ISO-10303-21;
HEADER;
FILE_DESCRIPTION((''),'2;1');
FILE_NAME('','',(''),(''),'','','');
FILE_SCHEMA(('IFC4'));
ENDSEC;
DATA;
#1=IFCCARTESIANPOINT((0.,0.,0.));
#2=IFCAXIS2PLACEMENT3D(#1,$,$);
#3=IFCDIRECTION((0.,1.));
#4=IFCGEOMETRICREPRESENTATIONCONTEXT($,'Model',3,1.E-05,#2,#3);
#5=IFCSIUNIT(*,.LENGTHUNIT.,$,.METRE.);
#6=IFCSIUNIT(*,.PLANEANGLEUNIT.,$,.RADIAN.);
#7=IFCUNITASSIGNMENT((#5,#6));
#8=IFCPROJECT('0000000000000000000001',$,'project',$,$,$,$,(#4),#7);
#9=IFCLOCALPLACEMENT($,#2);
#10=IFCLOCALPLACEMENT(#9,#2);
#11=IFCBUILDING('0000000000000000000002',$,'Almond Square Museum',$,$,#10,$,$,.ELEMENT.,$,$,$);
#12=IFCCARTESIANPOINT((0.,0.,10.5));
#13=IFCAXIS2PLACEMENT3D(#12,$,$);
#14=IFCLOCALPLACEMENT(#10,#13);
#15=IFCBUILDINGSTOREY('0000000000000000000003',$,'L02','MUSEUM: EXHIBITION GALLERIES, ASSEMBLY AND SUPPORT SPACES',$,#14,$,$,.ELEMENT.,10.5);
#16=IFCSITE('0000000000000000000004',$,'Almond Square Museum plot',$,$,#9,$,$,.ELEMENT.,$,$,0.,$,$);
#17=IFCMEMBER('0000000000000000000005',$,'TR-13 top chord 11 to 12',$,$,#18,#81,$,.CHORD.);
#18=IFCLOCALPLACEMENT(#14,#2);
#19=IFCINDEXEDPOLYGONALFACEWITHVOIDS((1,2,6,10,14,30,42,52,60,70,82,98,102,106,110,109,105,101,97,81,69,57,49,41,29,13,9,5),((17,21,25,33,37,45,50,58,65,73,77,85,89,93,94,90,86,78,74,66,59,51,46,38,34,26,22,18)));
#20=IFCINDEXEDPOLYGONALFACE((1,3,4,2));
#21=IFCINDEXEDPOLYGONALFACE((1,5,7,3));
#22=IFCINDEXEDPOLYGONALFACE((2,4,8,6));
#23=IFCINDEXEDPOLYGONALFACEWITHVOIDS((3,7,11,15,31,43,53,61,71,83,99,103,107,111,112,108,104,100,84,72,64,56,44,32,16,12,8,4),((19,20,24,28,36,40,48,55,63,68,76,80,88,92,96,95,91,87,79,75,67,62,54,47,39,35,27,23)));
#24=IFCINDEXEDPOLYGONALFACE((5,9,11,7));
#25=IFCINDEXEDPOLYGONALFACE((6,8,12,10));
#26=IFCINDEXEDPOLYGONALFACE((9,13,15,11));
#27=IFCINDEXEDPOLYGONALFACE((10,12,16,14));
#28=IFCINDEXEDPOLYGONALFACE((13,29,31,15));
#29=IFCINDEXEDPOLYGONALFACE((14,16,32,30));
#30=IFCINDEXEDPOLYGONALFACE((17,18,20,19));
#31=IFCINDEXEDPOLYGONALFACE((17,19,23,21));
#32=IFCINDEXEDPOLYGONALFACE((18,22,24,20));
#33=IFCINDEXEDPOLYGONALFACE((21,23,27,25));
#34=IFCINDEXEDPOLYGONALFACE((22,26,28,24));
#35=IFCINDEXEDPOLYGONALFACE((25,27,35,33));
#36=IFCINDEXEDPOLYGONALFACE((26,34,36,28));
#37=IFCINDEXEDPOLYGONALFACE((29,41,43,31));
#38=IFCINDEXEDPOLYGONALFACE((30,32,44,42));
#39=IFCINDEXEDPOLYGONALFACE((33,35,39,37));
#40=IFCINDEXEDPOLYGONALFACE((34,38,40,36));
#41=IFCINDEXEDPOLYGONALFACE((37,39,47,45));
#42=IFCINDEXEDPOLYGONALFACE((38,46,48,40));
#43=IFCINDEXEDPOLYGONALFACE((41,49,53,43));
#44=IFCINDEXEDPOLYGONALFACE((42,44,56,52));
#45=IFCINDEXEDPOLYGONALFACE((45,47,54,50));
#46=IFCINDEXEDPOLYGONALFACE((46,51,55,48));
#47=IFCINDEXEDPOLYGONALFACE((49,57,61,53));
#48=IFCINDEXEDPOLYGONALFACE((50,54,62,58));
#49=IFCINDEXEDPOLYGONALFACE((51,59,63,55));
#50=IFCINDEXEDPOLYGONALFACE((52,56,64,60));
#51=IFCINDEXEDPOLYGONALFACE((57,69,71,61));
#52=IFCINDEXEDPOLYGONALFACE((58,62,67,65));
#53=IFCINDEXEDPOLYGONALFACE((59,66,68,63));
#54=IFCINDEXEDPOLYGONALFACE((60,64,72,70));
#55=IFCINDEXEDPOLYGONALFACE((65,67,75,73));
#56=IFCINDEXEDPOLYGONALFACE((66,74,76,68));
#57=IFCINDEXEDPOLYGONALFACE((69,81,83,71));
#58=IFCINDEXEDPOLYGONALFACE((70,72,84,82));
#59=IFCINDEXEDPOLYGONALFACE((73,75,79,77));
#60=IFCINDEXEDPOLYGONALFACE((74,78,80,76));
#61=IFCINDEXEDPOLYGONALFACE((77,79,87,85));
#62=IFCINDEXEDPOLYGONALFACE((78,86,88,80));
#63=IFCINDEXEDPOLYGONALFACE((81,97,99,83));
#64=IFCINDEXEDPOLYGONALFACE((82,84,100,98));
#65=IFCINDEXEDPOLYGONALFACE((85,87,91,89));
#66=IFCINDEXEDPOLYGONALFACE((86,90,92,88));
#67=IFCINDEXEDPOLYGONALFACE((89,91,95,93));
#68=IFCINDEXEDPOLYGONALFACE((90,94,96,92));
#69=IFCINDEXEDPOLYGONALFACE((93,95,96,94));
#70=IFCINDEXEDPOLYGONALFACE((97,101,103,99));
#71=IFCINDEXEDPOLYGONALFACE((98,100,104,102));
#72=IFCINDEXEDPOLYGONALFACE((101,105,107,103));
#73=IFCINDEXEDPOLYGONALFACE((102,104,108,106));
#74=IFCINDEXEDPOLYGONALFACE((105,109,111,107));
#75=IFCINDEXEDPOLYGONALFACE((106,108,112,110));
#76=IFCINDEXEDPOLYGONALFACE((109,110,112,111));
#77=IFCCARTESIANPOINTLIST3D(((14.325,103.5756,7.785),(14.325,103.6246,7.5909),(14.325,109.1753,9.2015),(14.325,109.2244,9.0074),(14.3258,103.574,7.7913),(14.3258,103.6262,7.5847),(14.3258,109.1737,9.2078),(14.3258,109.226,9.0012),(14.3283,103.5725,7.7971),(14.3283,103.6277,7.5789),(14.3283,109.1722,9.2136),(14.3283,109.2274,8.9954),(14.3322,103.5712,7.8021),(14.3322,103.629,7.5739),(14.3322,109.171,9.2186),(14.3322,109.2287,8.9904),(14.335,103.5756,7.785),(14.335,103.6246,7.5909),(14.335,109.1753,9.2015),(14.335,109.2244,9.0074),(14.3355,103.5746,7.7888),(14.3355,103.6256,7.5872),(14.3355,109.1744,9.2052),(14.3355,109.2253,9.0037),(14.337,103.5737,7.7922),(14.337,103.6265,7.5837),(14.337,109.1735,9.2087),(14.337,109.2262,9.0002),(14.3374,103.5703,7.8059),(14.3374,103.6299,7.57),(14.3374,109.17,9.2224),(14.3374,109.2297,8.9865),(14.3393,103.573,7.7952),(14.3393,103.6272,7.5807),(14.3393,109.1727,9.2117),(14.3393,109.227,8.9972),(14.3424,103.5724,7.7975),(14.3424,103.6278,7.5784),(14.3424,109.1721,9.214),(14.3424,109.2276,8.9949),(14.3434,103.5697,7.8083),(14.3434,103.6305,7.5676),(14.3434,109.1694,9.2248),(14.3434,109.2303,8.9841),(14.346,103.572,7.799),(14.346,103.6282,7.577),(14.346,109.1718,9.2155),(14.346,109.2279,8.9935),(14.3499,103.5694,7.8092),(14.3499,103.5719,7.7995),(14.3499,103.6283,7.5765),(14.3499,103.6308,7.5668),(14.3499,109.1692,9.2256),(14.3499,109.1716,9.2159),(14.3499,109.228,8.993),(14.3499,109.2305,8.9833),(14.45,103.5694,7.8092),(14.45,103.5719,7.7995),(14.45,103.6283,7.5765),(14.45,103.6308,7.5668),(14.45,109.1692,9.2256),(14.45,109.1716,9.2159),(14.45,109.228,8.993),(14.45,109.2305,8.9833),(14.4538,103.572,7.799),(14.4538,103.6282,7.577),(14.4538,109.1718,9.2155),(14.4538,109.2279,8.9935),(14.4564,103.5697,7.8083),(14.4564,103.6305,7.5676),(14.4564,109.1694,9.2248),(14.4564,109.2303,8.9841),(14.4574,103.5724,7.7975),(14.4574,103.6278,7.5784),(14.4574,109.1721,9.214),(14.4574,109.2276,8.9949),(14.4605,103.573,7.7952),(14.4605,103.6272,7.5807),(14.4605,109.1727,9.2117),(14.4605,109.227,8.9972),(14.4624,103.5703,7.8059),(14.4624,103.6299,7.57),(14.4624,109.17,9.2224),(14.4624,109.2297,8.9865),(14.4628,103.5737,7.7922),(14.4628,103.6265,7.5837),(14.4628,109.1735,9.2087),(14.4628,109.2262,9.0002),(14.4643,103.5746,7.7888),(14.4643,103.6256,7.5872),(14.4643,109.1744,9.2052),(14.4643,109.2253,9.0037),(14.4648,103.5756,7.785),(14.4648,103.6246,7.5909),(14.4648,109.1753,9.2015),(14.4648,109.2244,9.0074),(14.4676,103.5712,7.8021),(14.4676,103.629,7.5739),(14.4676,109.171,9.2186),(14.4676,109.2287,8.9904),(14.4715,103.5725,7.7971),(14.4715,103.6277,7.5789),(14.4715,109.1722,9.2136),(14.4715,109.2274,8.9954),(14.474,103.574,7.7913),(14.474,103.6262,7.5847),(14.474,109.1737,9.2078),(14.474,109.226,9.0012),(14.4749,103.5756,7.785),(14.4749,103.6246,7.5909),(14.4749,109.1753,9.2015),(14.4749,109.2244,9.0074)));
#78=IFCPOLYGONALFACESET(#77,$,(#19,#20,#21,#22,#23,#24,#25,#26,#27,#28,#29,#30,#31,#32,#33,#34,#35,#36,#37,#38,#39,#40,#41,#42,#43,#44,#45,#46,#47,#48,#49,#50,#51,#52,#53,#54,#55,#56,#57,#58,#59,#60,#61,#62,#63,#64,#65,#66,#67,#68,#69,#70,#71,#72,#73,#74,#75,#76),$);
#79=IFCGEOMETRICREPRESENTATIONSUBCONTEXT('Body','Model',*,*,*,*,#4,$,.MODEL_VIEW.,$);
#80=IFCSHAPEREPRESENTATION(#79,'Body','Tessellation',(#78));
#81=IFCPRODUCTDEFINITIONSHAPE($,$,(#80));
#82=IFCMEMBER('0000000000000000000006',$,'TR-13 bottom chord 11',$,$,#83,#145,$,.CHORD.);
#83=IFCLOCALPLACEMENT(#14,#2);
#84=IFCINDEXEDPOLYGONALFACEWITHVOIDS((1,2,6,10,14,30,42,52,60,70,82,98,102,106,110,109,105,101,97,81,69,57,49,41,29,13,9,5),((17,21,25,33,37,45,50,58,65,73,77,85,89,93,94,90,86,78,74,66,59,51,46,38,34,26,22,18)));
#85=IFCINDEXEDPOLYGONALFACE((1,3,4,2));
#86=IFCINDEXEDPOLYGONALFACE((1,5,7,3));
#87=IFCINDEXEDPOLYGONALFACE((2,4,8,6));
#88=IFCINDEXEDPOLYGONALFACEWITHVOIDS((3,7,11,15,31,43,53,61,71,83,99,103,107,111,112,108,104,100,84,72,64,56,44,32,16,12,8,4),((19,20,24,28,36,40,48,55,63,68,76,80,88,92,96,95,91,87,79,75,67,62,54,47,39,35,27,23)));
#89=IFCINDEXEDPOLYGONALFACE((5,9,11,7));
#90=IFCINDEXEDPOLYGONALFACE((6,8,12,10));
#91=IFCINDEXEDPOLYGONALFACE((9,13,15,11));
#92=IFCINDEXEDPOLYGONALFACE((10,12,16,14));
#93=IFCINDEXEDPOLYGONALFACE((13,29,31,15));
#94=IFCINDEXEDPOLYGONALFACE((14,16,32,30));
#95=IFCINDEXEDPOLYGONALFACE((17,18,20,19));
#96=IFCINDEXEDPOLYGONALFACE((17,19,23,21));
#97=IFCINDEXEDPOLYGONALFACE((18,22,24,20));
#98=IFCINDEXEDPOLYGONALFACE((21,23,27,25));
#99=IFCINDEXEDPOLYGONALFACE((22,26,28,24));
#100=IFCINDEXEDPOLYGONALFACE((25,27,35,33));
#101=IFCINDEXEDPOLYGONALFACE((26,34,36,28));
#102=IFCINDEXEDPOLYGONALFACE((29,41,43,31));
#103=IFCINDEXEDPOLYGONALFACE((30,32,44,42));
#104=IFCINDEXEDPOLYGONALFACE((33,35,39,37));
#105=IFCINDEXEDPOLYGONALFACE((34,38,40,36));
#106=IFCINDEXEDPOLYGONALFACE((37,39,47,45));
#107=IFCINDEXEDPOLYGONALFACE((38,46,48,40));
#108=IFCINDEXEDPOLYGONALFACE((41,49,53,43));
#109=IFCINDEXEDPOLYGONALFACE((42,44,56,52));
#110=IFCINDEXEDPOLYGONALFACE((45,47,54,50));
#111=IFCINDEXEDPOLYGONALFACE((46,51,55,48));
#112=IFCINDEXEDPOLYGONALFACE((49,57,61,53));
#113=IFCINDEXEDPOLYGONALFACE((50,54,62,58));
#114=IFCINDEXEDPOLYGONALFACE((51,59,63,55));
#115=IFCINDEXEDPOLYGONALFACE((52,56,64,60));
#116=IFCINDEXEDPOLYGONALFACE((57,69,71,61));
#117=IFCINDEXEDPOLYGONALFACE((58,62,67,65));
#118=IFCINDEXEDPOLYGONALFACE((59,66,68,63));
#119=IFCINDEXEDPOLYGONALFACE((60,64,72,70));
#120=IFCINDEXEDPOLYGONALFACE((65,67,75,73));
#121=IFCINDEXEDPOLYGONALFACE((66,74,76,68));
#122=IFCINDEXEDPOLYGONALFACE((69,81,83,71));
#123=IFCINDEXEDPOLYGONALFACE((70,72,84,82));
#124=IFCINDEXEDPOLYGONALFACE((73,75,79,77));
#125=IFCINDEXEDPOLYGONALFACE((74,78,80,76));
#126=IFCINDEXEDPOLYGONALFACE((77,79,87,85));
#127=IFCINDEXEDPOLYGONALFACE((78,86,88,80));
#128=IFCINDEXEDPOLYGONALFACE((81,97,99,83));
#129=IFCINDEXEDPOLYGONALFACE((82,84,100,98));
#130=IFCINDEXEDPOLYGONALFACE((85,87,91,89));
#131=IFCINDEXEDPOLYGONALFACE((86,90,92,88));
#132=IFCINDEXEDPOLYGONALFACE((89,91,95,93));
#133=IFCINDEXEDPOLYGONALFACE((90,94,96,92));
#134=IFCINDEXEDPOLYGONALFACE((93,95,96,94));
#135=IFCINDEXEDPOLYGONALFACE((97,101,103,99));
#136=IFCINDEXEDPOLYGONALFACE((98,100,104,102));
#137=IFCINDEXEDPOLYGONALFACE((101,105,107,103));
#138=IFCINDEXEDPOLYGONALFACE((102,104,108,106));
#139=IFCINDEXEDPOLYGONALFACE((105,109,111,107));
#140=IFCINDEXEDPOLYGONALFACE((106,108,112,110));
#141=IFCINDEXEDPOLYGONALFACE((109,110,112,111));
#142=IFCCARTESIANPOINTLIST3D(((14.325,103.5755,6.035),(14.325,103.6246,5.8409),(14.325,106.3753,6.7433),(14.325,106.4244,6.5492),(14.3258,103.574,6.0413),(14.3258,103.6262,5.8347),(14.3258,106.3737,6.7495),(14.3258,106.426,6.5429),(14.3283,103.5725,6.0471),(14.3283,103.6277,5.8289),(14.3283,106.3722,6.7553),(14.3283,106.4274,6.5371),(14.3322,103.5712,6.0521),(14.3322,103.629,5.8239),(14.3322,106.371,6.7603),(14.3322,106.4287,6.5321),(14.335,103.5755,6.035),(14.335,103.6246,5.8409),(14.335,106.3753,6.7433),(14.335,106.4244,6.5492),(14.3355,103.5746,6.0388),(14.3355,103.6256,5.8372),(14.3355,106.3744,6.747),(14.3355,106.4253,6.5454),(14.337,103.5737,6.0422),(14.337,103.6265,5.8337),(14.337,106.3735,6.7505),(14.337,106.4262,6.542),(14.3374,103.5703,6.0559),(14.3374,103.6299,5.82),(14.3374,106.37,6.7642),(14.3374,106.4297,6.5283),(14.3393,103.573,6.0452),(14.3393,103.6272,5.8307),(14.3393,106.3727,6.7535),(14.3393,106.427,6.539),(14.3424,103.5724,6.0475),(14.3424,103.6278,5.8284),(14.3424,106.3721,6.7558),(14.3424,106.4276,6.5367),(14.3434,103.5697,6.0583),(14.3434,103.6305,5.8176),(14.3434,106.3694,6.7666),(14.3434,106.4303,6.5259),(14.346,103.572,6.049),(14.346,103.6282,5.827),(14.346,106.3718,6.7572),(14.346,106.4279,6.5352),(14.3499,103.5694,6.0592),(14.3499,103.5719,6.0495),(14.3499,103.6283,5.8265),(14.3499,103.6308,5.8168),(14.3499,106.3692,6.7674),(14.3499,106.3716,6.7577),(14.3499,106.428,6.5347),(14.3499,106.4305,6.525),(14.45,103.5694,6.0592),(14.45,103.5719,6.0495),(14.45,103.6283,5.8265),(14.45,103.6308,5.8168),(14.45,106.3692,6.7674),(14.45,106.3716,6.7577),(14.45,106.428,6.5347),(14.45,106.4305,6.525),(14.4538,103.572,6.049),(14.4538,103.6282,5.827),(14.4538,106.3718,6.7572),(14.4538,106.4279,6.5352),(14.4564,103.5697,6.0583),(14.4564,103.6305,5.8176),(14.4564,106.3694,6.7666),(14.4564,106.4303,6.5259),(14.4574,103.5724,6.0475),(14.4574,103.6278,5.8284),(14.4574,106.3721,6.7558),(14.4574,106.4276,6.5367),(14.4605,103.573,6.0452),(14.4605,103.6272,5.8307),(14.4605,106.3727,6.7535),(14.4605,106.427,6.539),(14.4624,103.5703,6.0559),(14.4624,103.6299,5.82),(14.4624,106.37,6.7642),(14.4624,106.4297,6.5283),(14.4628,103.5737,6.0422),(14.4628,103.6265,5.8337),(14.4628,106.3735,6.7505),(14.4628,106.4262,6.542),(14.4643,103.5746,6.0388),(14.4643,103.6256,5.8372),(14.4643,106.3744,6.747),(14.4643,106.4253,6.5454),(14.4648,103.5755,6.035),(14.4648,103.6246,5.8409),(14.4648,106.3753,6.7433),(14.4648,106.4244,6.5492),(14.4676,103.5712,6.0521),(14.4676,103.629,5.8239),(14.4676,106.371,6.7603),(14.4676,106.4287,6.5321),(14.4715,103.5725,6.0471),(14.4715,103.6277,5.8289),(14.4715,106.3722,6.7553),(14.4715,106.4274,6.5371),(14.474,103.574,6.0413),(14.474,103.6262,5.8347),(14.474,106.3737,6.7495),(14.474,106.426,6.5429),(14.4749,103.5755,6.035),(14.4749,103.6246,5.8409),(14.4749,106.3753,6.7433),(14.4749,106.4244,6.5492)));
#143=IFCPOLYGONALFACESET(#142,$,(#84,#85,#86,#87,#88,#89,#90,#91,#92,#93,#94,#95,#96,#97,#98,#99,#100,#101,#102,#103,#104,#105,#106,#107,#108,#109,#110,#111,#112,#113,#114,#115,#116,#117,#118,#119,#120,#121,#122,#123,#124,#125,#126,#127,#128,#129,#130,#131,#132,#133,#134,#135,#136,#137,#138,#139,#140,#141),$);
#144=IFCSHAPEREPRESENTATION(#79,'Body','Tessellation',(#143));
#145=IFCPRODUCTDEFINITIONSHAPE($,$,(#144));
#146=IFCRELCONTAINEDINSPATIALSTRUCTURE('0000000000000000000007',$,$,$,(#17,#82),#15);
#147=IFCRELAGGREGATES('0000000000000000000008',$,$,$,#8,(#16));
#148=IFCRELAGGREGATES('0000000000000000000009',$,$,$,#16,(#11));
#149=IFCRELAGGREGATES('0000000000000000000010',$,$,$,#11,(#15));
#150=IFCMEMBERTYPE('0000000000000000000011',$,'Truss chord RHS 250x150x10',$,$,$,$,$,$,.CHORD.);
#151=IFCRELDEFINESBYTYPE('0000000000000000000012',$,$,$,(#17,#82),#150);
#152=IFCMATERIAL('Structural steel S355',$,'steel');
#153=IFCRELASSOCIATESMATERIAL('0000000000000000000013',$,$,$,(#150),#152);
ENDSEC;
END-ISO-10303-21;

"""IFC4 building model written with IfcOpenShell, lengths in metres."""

from ifc_helpers import new_model, si_unit, direction, frame, origin, origin_2d, place, context, subcontext, project, spatial, hollow_rectangle, extrude, material, material_profile, profile_set, type_object, element, save


model = new_model("IFC4")

# Units and contexts
model_context = context("Model", 3, precision=1e-05, world=origin(), true_north=direction((0.0, 1.0)))
body_context = subcontext(model_context, "Body", "Model", "MODEL_VIEW")
ifc_project = project(units=[si_unit("LENGTHUNIT", "METRE"), si_unit("PLANEANGLEUNIT", "RADIAN")], contexts=[model_context])

# Site, building, storey
site_placement = place(None, origin())
site = spatial("IfcSite", under=ifc_project, at=site_placement, Name="Almond Square Museum plot", CompositionType="ELEMENT", RefElevation=0.0)
building_placement = place(site_placement, origin())
building = spatial("IfcBuilding", under=site, at=building_placement, Name="Almond Square Museum", CompositionType="ELEMENT")
storey_placement = place(building_placement, frame((0.0, 0.0, 10.5)))
storey = spatial("IfcBuildingStorey", under=building, at=storey_placement, Name="L02", Description="MUSEUM: EXHIBITION GALLERIES, ASSEMBLY AND SUPPORT SPACES", CompositionType="ELEMENT", Elevation=10.5)

# Members
ifc_material_1 = material(Name="Structural steel S355", Category="steel")
ifc_material_profile_1 = material_profile(ifc_material_1, hollow_rectangle(XDim=0.1499, YDim=0.25, WallThickness=0.01, InnerFilletRadius=0.0149, OuterFilletRadius=0.0249, at=origin_2d()))
ifc_profile_set_1 = profile_set([ifc_material_profile_1], Name="Structural steel S355")
member_type_1 = type_object("IfcMemberType", Name="Truss chord RHS 250x150x10", PredefinedType="CHORD", material=ifc_profile_set_1)
member_1_placement = place(storey_placement, frame((14.3999, 103.6001, 7.688), z_axis=(0.0, 0.969465, 0.24523), x_axis=(-1.0, 0.0, 0.0)))
element("IfcMember", 1, at=member_1_placement, inside=storey, type_object=member_type_1, Name="TR-13 top chord 11 to 12", PredefinedType="CHORD", context=body_context, shape_type="SweptSolid", body=[
    extrude(hollow_rectangle(XDim=0.1499, YDim=0.25, WallThickness=0.01, InnerFilletRadius=0.0149, OuterFilletRadius=0.0249, at=origin_2d()), origin(), (0.0, 0.0, 1.0), 5.7761),
])
member_2_placement = place(storey_placement, frame((14.3999, 103.6001, 5.938), z_axis=(0.0, 0.969462, 0.24524), x_axis=(-1.0, 0.0, 0.0)))
element("IfcMember", 2, at=member_2_placement, inside=storey, type_object=member_type_1, Name="TR-13 bottom chord 11", PredefinedType="CHORD", context=body_context, shape_type="SweptSolid", body=[
    extrude(hollow_rectangle(XDim=0.1499, YDim=0.25, WallThickness=0.01, InnerFilletRadius=0.0149, OuterFilletRadius=0.0249, at=origin_2d()), origin(), (0.0, 0.0, 1.0), 2.8879),
])

save(model, "model.ifc")
